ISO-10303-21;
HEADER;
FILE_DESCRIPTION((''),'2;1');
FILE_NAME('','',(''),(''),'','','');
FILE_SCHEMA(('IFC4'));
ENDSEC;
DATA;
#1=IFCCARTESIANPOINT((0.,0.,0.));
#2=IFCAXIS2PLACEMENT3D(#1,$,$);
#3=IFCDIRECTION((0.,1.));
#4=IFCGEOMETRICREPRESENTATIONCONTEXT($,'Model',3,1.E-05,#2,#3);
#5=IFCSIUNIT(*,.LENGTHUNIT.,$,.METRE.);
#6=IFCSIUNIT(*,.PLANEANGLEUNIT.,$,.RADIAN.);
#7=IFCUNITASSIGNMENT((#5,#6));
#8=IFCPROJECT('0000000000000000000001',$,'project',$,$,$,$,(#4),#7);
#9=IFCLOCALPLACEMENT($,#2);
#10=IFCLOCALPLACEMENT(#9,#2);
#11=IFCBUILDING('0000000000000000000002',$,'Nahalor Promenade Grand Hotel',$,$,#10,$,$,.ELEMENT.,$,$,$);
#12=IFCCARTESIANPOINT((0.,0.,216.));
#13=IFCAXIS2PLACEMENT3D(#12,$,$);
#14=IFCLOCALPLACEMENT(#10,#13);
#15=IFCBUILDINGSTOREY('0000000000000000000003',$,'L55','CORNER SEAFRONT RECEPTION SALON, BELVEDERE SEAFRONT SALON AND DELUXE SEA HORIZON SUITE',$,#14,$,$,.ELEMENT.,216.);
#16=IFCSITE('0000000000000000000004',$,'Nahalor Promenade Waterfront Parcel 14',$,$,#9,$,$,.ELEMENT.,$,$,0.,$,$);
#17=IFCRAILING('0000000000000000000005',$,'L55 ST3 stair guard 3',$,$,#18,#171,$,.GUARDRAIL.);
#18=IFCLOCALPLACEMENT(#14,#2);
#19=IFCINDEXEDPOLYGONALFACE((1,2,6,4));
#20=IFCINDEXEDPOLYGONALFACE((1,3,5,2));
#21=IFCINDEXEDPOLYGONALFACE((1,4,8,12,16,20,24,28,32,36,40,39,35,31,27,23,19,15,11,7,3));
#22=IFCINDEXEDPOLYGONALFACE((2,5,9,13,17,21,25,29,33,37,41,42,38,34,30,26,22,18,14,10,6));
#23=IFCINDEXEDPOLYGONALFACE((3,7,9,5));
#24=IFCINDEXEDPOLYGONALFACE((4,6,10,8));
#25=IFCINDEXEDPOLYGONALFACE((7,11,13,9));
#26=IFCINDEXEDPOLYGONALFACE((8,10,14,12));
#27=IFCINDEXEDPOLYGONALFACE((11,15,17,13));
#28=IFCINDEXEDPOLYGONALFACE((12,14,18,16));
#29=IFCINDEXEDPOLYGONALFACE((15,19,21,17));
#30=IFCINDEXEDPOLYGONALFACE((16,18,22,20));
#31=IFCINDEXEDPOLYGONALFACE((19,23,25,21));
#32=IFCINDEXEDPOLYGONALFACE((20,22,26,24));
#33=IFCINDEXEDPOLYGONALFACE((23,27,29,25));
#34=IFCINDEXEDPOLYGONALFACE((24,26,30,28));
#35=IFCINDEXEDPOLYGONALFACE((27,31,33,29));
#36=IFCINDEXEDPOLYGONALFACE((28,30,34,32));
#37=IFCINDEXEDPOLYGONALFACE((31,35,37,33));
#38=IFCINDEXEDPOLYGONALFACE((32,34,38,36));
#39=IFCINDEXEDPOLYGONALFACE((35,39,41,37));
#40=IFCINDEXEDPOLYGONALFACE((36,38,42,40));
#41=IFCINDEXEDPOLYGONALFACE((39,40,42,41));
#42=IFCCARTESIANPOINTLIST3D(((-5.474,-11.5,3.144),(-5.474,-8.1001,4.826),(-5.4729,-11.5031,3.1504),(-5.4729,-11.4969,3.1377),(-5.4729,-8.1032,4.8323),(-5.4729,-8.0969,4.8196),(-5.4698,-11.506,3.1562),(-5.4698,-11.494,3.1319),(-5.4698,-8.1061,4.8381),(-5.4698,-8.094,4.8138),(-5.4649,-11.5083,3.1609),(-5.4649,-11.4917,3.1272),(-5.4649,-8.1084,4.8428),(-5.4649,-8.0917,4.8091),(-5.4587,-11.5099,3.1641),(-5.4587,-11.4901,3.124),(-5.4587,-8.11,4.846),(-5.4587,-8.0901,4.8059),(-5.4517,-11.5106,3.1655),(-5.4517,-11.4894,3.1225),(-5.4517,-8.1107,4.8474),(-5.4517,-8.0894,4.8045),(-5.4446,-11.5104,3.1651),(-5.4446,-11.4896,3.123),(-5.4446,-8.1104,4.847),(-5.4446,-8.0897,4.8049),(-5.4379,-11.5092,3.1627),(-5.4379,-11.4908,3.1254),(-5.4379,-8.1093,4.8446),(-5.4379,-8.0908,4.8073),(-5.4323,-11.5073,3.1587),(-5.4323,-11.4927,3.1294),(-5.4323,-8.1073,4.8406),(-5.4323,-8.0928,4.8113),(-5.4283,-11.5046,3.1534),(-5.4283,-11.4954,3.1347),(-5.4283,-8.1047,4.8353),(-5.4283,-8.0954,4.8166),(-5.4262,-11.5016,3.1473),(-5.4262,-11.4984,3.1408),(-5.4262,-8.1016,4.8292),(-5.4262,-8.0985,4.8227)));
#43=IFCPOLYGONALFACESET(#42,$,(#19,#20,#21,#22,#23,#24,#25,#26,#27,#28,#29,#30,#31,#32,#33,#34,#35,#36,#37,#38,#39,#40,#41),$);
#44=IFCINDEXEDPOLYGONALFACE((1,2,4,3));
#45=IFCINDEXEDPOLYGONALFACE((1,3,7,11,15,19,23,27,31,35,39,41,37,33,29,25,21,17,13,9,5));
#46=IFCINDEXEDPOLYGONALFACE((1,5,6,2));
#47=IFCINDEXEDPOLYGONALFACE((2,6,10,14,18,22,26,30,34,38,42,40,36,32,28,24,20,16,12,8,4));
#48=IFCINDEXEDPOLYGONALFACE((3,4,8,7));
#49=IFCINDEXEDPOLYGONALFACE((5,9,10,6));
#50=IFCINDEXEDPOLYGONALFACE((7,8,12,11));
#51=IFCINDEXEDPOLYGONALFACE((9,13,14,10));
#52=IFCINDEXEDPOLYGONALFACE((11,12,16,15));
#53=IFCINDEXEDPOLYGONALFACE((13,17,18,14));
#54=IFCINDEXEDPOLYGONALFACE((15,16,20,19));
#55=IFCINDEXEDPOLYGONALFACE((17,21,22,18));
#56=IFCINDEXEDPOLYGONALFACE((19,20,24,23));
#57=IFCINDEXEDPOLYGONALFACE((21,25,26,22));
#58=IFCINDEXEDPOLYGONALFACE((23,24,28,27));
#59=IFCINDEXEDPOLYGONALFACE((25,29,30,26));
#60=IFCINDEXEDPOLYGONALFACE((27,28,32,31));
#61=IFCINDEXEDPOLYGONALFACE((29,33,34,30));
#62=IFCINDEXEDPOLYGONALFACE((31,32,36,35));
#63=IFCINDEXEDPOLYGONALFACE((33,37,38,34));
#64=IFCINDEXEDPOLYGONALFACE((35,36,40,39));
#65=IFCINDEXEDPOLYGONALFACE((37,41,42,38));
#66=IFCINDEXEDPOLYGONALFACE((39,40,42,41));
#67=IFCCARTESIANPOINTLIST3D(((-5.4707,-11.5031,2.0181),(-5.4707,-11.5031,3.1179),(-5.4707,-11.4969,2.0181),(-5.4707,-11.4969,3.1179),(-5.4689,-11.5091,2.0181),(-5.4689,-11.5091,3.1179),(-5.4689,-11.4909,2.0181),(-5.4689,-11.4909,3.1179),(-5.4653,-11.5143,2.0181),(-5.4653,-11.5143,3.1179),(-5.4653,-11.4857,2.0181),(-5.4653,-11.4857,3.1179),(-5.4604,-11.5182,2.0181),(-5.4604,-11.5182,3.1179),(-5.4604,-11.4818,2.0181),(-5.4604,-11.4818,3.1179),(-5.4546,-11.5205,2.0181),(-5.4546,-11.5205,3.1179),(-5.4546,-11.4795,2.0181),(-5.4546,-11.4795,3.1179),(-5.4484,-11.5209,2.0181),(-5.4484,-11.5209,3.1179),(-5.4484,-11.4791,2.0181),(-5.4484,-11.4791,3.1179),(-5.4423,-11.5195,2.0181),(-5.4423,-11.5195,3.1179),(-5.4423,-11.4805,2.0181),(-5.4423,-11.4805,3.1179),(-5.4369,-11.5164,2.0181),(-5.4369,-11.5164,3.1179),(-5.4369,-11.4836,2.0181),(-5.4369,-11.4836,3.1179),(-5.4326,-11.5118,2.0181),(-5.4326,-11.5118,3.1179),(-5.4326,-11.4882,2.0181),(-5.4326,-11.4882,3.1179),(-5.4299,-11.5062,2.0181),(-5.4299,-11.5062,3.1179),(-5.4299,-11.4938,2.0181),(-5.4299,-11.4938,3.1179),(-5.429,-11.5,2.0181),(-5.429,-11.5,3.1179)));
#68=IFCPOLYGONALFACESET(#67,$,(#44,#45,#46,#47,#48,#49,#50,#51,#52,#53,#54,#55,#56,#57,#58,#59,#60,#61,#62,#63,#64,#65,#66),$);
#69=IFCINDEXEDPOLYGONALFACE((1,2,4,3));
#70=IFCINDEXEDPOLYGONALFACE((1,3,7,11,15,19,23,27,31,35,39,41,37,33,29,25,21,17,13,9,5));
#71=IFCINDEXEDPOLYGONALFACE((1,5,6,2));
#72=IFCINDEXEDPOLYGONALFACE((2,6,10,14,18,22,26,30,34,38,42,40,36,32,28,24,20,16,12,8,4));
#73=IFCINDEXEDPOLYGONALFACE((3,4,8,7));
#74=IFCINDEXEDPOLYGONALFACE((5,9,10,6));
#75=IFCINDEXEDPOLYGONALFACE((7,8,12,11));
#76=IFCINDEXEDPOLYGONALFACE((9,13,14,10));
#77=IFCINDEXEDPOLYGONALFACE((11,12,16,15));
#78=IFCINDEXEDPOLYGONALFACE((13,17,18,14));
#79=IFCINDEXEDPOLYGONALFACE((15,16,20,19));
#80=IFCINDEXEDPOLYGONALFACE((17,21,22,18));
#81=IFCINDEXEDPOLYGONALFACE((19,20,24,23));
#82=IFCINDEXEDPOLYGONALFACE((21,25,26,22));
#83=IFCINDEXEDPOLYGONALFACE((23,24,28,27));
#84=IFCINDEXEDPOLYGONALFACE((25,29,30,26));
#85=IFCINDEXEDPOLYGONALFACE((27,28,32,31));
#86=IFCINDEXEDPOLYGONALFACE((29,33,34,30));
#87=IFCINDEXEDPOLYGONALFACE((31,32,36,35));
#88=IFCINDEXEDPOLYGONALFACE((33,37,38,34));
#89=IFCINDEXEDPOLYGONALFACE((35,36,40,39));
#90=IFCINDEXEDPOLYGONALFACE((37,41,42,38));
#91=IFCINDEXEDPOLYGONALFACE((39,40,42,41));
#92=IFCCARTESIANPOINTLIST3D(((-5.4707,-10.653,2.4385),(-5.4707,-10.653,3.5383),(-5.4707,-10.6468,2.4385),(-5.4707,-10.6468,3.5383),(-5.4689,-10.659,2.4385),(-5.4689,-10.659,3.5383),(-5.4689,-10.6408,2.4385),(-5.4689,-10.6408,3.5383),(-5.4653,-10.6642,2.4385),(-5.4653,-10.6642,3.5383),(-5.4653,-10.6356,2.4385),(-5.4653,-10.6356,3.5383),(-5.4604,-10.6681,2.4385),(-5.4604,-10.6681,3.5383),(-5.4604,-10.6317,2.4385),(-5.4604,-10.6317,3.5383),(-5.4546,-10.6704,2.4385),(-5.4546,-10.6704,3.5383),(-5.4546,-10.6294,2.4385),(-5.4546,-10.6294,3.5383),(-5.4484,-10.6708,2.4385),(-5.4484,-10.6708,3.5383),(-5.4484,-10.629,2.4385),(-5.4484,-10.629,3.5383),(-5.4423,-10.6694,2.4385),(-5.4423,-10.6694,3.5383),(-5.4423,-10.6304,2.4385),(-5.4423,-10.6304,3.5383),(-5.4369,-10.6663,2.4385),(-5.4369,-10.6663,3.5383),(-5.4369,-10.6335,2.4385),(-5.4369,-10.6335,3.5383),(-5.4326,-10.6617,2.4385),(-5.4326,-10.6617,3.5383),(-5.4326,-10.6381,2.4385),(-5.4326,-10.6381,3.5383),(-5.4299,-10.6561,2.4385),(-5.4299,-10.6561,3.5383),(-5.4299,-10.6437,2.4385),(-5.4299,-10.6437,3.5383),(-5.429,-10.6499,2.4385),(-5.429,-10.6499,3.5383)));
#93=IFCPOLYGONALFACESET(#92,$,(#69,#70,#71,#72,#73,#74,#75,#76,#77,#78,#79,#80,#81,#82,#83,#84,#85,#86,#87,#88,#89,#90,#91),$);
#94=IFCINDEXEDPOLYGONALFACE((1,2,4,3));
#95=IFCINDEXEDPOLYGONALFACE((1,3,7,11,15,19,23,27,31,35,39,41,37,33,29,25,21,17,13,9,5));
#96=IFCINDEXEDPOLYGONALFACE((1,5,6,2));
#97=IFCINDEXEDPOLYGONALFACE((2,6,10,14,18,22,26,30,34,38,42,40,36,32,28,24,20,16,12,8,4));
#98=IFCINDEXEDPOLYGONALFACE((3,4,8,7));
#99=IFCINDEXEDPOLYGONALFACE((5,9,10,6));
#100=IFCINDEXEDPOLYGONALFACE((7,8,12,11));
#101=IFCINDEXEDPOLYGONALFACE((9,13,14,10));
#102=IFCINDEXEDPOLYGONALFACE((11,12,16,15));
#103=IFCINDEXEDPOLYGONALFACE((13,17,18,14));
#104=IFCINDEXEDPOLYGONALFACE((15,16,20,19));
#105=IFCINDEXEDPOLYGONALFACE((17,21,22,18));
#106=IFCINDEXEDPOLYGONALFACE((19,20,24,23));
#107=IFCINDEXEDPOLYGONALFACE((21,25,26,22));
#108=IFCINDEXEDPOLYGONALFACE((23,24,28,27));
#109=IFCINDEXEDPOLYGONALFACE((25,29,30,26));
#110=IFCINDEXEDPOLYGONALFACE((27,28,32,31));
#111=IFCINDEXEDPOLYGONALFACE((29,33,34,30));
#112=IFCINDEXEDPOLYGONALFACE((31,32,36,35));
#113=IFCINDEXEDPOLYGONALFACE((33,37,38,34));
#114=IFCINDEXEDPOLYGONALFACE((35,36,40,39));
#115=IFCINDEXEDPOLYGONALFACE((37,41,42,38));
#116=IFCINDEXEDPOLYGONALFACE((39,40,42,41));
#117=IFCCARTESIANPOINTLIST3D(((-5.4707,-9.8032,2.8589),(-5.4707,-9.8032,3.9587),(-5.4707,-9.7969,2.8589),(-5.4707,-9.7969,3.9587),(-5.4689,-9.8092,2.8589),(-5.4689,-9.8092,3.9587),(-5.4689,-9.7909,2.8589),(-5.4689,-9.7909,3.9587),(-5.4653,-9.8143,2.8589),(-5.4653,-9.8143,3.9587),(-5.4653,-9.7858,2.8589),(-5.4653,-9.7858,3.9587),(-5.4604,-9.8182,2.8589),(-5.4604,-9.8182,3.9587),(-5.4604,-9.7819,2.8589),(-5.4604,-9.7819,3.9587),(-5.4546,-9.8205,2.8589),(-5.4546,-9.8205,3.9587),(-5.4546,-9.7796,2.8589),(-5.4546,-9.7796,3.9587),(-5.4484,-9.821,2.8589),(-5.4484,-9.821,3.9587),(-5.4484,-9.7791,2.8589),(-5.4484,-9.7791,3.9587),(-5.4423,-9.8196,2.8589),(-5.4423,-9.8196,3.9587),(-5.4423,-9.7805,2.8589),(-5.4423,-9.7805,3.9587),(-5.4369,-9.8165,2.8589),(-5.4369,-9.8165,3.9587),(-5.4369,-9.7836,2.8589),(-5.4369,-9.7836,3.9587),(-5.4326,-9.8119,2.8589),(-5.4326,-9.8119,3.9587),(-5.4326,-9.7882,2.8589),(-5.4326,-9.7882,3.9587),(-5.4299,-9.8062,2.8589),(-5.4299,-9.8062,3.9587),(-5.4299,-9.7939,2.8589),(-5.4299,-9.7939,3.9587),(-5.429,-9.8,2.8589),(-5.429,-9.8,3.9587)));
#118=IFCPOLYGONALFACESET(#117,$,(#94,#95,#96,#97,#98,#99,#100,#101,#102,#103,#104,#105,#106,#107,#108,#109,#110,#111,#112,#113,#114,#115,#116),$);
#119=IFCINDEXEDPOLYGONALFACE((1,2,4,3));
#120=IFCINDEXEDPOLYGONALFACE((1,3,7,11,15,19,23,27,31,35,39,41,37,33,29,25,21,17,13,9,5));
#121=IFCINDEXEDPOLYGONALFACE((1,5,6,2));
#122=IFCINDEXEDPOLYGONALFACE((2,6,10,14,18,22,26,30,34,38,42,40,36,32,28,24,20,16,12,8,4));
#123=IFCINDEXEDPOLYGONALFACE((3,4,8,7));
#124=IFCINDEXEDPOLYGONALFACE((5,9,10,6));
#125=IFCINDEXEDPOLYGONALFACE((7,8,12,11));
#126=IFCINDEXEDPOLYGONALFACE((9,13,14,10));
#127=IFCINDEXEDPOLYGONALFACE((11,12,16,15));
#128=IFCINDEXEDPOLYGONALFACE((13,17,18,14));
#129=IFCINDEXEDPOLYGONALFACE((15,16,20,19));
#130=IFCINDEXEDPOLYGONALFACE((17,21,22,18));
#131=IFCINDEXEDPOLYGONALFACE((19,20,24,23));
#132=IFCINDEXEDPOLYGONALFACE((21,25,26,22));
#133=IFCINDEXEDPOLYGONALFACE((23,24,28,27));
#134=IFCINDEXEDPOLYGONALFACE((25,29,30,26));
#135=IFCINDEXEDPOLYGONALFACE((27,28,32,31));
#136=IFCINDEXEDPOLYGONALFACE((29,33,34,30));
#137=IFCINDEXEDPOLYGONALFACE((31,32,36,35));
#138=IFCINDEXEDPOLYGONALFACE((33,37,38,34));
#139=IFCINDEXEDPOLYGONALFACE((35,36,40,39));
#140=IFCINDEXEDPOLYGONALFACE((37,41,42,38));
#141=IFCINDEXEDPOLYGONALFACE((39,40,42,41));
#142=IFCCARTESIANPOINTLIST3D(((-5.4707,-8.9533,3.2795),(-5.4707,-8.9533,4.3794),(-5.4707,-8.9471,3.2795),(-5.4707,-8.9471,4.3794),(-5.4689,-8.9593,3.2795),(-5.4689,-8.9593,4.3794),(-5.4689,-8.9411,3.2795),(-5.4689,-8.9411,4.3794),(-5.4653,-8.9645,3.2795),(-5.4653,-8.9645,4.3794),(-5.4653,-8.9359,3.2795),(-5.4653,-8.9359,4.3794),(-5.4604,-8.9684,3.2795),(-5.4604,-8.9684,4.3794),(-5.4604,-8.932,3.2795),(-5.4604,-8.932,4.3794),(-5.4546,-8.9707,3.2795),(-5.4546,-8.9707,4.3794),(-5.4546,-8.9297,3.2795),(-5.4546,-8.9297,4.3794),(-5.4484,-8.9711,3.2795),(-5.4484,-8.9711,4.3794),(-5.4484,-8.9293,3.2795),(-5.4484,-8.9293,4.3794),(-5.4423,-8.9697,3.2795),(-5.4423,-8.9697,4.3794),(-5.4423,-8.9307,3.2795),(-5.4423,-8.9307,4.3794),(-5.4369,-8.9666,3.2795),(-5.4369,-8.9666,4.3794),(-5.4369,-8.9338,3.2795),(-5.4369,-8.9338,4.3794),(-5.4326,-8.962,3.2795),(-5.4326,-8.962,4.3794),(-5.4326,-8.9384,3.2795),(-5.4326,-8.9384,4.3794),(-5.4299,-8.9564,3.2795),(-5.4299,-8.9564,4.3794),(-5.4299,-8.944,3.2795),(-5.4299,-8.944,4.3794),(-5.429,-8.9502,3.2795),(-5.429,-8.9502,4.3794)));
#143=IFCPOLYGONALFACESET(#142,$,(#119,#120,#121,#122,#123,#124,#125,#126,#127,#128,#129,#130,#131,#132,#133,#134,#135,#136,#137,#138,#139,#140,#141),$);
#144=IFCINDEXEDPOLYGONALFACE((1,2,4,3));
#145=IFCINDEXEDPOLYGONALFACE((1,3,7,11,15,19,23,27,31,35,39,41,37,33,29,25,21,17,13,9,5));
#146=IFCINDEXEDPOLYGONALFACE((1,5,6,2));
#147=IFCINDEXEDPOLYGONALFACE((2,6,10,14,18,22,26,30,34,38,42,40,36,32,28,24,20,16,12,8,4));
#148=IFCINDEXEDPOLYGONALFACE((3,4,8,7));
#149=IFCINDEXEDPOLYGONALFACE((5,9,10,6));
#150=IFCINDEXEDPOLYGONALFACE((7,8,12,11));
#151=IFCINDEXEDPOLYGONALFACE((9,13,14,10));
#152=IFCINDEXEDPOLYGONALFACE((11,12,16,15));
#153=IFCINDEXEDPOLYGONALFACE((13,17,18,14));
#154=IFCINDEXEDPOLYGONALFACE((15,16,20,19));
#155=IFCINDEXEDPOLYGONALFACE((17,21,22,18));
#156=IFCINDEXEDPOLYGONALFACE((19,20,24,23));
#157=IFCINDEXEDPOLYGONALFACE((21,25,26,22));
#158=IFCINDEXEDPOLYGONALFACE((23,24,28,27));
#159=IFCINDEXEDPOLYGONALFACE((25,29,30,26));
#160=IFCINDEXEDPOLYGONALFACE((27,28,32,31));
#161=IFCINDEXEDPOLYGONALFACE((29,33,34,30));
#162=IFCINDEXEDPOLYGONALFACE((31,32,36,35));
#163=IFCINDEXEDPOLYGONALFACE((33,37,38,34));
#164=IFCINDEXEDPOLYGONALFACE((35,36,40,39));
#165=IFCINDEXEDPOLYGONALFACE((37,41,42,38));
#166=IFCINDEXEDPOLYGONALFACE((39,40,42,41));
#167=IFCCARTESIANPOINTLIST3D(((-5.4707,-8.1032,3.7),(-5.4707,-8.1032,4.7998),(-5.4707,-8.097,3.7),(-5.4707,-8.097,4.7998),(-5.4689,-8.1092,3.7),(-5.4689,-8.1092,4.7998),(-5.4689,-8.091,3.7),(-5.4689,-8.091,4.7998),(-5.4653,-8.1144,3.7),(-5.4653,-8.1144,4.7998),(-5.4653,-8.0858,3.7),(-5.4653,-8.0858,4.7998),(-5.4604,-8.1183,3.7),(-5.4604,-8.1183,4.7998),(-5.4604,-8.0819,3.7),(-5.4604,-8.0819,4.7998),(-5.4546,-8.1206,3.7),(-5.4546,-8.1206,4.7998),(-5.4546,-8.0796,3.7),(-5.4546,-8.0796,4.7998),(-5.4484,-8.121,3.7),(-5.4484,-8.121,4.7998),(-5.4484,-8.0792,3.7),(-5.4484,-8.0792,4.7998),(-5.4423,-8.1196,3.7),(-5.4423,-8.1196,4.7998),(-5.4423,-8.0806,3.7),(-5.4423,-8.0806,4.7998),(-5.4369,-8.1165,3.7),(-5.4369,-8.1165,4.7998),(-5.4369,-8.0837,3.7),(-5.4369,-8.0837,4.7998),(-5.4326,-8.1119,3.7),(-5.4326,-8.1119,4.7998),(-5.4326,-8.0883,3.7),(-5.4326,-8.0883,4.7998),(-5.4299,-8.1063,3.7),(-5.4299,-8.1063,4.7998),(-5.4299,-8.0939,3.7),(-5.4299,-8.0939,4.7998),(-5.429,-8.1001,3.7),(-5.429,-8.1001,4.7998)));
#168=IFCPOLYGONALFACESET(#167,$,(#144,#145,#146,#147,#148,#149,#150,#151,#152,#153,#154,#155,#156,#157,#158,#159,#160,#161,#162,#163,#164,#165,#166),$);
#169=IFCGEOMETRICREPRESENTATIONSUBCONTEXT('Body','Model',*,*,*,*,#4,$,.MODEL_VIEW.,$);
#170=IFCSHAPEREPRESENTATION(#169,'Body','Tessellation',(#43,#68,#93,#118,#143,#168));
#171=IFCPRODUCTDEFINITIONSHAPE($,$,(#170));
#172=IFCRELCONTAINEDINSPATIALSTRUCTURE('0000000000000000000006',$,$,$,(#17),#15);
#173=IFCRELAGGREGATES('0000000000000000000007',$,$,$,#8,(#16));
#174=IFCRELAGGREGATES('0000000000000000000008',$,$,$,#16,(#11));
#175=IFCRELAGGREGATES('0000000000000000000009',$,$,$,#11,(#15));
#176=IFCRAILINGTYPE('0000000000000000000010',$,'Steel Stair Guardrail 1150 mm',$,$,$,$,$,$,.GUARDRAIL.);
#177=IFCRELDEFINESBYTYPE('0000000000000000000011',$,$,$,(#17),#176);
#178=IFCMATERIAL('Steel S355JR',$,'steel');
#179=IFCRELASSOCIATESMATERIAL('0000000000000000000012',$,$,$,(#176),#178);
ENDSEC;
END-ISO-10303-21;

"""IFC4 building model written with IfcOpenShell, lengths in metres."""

from ifc_helpers import new_model, si_unit, direction, frame, origin, origin_2d, place, context, subcontext, project, spatial, circle, extrude, material, type_object, element, save


model = new_model("IFC4")

# Units and contexts
model_context = context("Model", 3, precision=1e-05, world=origin(), true_north=direction((0.0, 1.0)))
body_context = subcontext(model_context, "Body", "Model", "MODEL_VIEW")
ifc_project = project(units=[si_unit("LENGTHUNIT", "METRE"), si_unit("PLANEANGLEUNIT", "RADIAN")], contexts=[model_context])

# Site, building, storey
site_placement = place(None, origin())
site = spatial("IfcSite", under=ifc_project, at=site_placement, Name="Nahalor Promenade Waterfront Parcel 14", CompositionType="ELEMENT", RefElevation=0.0)
building_placement = place(site_placement, origin())
building = spatial("IfcBuilding", under=site, at=building_placement, Name="Nahalor Promenade Grand Hotel", CompositionType="ELEMENT")
storey_placement = place(building_placement, frame((0.0, 0.0, 216.0)))
storey = spatial("IfcBuildingStorey", under=building, at=storey_placement, Name="L55", Description="CORNER SEAFRONT RECEPTION SALON, BELVEDERE SEAFRONT SALON AND DELUXE SEA HORIZON SUITE", CompositionType="ELEMENT", Elevation=216.0)

# Shared definitions
ifc_material_1 = material(Name="Steel S355JR", Category="steel")

# Railing
railing_type_1 = type_object("IfcRailingType", Name="Steel Stair Guardrail 1150 mm", PredefinedType="GUARDRAIL", material=ifc_material_1)
railing_1_placement = place(storey_placement, frame((-5.45, -11.5, 2.0181)))
element("IfcRailing", 1, at=railing_1_placement, inside=storey, type_object=railing_type_1, Name="L55 ST3 stair guard 3", PredefinedType="GUARDRAIL", context=body_context, shape_type="SweptSolid", body=[
    extrude(circle(Radius=0.024, at=origin_2d()), frame((0.0, 0.0, 1.126), z_axis=(0.0, 0.896324, 0.443399), x_axis=(-1.0, 0.0, 0.0)), (0.0, 0.0, 1.0), 3.7932),
    extrude(circle(Radius=0.021, at=origin_2d()), origin(), (0.0, 0.0, 1.0), 1.0999),
    extrude(circle(Radius=0.021, at=origin_2d()), frame((0.0, 0.8501, 0.4204)), (0.0, 0.0, 1.0), 1.0999),
    extrude(circle(Radius=0.021, at=origin_2d()), frame((0.0, 1.7, 0.8408)), (0.0, 0.0, 1.0), 1.0999),
    extrude(circle(Radius=0.021, at=origin_2d()), frame((0.0, 2.5498, 1.2615)), (0.0, 0.0, 1.0), 1.0999),
    extrude(circle(Radius=0.021, at=origin_2d()), frame((0.0, 3.3999, 1.6819)), (0.0, 0.0, 1.0), 1.0999),
])

save(model, "model.ifc")
